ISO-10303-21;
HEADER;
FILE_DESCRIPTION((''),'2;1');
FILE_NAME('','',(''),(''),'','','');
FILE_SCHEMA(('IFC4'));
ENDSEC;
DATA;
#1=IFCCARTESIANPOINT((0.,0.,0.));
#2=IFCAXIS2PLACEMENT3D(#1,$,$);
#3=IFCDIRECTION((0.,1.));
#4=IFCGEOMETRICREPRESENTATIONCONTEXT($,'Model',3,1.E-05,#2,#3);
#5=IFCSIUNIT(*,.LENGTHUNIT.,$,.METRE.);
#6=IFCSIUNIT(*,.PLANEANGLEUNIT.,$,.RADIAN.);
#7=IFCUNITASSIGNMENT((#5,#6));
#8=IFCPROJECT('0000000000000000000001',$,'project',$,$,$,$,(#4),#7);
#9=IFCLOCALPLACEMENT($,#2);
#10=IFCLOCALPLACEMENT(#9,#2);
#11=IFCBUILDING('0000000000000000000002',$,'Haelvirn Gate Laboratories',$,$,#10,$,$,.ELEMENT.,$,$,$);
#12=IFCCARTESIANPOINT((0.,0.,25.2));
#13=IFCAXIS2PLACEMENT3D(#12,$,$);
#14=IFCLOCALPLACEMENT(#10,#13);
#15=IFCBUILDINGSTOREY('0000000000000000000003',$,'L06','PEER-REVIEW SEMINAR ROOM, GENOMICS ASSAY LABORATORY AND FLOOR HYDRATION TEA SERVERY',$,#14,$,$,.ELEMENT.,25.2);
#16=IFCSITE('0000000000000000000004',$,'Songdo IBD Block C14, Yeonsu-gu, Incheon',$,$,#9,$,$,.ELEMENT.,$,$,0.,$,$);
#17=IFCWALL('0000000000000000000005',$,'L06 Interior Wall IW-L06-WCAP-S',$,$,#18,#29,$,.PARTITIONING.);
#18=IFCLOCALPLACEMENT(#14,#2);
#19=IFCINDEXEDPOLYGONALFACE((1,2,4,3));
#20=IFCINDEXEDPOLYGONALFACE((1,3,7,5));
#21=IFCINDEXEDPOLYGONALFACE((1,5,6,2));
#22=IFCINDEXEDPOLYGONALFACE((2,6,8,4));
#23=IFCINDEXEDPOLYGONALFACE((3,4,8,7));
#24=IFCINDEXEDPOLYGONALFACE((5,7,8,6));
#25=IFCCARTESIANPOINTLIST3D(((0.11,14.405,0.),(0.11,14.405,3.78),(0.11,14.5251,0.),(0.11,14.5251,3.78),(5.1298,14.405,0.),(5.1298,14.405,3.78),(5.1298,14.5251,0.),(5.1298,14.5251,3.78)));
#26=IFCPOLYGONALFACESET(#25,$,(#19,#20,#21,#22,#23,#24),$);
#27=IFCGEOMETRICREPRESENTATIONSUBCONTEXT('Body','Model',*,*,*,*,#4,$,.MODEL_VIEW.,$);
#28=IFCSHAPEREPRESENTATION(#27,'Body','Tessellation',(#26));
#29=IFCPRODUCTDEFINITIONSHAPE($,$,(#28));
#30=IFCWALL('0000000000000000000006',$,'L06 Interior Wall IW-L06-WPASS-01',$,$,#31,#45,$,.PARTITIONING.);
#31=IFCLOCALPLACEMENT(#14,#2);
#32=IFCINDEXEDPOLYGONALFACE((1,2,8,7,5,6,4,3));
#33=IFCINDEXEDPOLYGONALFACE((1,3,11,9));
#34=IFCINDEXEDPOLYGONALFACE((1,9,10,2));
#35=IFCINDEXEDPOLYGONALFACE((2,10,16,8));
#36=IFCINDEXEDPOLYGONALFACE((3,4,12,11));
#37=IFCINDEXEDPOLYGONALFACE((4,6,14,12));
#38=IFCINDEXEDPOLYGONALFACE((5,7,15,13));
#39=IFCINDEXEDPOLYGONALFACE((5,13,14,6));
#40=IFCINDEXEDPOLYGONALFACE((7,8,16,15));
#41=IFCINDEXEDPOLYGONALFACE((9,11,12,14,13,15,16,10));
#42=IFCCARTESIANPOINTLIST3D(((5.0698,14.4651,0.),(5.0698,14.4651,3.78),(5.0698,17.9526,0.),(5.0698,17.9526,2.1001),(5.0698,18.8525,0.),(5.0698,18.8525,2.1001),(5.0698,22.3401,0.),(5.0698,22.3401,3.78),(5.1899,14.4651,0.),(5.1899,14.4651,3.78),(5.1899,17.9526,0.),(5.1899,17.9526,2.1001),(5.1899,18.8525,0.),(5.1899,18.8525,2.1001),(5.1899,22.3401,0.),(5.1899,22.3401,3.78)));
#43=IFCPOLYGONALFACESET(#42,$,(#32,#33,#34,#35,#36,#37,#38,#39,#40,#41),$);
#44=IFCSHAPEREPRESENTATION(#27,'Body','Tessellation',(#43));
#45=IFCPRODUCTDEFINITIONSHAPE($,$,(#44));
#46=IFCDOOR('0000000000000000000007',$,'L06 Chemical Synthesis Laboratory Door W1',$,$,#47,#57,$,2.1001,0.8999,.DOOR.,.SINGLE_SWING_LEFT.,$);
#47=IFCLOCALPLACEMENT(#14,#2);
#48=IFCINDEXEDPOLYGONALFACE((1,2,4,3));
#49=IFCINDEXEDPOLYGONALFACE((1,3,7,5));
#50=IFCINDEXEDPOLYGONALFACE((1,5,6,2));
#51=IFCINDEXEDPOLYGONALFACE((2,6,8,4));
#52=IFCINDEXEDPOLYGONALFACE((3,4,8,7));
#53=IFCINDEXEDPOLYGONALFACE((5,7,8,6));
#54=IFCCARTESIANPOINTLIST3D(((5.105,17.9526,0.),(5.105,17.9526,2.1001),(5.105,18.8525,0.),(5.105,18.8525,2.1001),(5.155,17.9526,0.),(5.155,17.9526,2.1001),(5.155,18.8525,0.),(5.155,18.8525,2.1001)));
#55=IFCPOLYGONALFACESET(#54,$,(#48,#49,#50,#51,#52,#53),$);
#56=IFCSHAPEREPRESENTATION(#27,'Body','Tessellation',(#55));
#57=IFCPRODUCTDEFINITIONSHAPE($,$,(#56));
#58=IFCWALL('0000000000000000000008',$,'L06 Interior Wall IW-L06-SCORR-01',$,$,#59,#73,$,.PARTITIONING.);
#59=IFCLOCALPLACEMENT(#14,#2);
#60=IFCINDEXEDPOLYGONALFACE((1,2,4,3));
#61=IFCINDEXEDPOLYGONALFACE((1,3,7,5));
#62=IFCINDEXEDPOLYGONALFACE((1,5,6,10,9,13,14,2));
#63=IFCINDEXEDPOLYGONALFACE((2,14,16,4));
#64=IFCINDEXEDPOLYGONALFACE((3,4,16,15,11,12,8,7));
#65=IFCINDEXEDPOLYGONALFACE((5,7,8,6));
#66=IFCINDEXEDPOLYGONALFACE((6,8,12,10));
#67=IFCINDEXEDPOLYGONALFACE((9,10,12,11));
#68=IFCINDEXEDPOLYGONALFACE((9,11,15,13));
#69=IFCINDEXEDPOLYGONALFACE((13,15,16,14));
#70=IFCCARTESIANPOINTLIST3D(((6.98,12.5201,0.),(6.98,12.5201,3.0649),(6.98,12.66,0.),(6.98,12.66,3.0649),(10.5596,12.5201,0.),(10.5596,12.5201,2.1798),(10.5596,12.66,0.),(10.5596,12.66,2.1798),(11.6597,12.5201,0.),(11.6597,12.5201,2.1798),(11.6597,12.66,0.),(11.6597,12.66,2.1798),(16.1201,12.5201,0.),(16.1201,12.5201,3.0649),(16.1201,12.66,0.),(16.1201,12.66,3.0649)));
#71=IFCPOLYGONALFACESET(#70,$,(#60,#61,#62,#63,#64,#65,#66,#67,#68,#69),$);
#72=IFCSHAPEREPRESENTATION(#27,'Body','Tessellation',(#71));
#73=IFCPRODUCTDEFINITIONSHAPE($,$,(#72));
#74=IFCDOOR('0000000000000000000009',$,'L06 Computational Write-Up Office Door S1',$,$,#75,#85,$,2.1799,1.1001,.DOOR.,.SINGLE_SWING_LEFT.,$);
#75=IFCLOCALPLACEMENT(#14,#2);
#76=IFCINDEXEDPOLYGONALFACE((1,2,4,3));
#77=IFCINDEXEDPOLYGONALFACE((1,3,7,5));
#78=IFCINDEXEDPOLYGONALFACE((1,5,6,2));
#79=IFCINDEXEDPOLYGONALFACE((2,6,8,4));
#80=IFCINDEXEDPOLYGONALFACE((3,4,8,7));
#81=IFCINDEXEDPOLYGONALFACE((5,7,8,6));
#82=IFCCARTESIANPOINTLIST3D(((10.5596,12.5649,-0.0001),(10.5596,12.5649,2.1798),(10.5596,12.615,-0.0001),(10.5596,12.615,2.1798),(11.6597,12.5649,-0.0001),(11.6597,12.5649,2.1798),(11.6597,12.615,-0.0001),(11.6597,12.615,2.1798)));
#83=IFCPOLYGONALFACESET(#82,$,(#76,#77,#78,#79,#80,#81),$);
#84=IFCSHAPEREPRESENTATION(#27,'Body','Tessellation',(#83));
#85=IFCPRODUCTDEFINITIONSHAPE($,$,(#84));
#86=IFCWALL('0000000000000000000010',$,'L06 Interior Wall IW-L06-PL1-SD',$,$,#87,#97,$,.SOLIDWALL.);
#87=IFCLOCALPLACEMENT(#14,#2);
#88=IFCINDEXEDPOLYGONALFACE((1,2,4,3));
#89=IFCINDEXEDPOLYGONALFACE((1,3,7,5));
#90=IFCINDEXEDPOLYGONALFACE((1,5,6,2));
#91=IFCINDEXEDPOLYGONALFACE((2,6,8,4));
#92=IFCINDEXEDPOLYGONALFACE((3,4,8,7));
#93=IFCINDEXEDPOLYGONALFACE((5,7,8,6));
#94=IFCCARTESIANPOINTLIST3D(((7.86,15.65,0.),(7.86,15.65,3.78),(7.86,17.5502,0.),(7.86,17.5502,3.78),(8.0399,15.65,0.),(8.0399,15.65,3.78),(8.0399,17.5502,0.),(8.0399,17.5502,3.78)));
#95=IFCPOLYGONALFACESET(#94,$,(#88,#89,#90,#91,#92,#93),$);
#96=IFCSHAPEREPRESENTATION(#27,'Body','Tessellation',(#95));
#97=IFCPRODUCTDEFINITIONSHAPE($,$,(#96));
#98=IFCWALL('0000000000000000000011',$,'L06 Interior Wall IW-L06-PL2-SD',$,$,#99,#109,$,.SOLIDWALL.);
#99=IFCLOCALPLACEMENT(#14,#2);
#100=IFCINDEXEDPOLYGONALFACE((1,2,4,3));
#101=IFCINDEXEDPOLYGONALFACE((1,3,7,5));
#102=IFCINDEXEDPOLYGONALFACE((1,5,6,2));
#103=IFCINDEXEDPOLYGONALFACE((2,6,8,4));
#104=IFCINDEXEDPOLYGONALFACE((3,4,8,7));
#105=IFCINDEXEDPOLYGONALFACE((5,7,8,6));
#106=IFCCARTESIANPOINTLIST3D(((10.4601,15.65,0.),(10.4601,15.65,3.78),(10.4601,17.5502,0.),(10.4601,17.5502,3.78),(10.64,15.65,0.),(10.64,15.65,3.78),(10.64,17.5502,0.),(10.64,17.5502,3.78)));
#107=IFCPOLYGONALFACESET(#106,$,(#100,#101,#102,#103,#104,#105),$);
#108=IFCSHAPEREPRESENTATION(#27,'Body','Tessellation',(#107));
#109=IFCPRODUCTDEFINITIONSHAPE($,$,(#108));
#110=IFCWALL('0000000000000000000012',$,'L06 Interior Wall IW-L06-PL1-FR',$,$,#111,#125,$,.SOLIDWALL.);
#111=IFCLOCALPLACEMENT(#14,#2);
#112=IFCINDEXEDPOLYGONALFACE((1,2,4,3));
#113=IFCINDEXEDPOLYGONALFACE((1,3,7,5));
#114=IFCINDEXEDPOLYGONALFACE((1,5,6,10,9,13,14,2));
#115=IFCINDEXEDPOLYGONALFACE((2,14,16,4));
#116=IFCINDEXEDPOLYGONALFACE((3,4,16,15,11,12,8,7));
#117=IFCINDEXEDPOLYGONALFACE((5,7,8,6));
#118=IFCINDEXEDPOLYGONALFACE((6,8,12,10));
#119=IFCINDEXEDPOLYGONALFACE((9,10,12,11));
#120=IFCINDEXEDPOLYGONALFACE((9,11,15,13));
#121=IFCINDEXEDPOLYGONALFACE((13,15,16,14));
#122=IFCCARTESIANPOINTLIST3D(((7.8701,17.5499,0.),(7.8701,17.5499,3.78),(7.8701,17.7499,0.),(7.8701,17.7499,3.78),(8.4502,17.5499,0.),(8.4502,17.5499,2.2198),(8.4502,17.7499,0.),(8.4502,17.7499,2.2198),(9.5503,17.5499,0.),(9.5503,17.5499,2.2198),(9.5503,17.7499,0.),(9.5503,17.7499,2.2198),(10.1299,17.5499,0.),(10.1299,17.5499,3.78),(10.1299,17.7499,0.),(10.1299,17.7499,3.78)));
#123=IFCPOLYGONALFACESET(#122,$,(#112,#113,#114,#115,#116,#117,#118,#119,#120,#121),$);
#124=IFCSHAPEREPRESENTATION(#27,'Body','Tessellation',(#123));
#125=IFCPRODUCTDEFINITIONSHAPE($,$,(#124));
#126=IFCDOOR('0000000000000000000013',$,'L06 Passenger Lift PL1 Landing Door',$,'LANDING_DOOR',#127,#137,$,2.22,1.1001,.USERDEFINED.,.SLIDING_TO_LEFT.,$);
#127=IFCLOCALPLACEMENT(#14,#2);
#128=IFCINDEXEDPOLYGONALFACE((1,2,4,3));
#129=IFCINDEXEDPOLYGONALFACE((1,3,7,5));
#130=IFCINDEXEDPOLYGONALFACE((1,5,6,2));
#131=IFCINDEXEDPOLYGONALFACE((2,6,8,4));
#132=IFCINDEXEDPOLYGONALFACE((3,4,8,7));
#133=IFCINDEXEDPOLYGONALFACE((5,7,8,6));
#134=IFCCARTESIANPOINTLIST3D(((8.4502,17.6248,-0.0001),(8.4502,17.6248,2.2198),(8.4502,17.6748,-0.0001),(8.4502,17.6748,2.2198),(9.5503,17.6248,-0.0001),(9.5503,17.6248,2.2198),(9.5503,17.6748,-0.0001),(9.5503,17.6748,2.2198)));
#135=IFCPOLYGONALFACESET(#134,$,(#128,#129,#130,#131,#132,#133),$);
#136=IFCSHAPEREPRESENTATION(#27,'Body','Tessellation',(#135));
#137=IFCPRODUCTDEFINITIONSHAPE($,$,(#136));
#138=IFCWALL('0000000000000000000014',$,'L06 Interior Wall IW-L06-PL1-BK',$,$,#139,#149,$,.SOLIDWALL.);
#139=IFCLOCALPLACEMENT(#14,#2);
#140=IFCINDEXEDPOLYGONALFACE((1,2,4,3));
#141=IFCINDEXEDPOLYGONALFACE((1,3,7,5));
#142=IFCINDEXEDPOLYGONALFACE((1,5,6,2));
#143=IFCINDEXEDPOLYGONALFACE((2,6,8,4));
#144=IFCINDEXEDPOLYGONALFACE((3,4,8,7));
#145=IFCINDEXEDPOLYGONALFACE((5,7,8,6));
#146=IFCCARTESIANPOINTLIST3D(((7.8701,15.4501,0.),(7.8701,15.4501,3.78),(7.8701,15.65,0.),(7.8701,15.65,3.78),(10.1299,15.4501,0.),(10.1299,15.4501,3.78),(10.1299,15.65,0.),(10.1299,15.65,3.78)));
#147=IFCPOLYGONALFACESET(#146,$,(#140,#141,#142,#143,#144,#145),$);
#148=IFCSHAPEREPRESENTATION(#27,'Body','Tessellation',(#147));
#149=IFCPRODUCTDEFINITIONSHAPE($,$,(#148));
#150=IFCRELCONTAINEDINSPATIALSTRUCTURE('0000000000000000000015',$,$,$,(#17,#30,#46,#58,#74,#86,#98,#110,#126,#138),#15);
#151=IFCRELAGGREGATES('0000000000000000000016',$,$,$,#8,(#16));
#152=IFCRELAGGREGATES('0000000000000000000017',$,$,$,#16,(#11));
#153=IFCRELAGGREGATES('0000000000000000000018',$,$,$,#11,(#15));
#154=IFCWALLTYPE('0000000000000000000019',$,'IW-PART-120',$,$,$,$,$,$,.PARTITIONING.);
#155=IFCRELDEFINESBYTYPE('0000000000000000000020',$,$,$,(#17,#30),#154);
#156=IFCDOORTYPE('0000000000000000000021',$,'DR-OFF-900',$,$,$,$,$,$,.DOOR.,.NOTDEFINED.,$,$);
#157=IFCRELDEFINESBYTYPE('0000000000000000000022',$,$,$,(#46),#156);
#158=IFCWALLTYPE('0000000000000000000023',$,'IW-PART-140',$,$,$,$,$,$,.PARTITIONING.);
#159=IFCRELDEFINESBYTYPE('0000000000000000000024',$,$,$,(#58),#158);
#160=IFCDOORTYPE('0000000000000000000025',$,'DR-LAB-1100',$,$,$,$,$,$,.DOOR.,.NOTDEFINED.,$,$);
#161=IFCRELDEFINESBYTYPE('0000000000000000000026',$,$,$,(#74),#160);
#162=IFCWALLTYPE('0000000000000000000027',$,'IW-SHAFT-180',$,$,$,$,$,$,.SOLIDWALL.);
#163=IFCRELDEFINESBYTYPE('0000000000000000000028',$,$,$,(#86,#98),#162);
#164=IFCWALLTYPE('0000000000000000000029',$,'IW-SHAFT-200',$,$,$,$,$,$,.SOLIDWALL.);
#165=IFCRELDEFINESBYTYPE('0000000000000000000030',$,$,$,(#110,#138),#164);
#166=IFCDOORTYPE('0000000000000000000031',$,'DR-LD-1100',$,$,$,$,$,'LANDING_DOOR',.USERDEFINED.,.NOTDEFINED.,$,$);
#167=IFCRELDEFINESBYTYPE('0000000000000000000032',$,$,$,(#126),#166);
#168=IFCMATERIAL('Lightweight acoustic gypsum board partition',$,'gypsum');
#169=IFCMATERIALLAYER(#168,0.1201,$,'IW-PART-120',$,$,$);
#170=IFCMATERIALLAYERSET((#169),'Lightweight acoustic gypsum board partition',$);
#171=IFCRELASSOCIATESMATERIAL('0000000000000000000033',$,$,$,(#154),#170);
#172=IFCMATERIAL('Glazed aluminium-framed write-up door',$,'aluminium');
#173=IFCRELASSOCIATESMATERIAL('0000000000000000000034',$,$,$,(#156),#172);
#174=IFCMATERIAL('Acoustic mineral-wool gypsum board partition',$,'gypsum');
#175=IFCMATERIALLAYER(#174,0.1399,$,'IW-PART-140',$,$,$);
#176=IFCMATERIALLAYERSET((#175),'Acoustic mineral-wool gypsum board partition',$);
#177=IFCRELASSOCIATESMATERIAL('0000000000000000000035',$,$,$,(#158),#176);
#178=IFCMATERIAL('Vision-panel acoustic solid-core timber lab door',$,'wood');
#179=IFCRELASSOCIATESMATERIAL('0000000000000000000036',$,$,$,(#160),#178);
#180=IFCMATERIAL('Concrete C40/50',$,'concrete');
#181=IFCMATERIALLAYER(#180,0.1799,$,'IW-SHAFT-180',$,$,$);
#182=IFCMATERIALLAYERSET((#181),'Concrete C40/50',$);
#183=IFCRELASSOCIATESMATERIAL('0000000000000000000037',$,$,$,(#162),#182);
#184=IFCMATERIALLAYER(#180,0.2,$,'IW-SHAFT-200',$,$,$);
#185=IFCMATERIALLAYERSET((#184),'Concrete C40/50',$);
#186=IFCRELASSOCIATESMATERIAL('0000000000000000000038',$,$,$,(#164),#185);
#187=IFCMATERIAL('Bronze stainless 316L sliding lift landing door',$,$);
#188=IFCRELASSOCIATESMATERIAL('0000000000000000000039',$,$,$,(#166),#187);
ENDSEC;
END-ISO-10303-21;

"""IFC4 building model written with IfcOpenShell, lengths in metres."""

from ifc_helpers import new_model, si_unit, direction, frame, frame_2d, origin, place, context, subcontext, project, spatial, rectangle, extrude, source, transform, mapped, material, layer, layer_set, type_object, type_shapes, element, fill, save


model = new_model("IFC4")

# Units and contexts
model_context = context("Model", 3, precision=1e-05, world=origin(), true_north=direction((0.0, 1.0)))
body_context = subcontext(model_context, "Body", "Model", "MODEL_VIEW")
ifc_project = project(units=[si_unit("LENGTHUNIT", "METRE"), si_unit("PLANEANGLEUNIT", "RADIAN")], contexts=[model_context])

# Site, building, storey
site_placement = place(None, origin())
site = spatial("IfcSite", under=ifc_project, at=site_placement, Name="Songdo IBD Block C14, Yeonsu-gu, Incheon", CompositionType="ELEMENT", RefElevation=0.0)
building_placement = place(site_placement, origin())
building = spatial("IfcBuilding", under=site, at=building_placement, Name="Haelvirn Gate Laboratories", CompositionType="ELEMENT")
storey_placement = place(building_placement, frame((0.0, 0.0, 25.2)))
storey = spatial("IfcBuildingStorey", under=building, at=storey_placement, Name="L06", Description="PEER-REVIEW SEMINAR ROOM, GENOMICS ASSAY LABORATORY AND FLOOR HYDRATION TEA SERVERY", CompositionType="ELEMENT", Elevation=25.2)

# Wall
ifc_material_1 = material(Name="Lightweight acoustic gypsum board partition", Category="gypsum")
ifc_layer_1 = layer(ifc_material_1, 0.1201, Name="IW-PART-120")
ifc_layer_set_1 = layer_set([ifc_layer_1], Name="Lightweight acoustic gypsum board partition")
wall_type_1 = type_object("IfcWallType", Name="IW-PART-120", PredefinedType="PARTITIONING", material=ifc_layer_set_1)
wall_1_placement = place(storey_placement, frame((0.1101, 14.4651, 0.0), z_axis=(0.0, 0.0, 1.0), x_axis=(1.0, 0.0, 0.0)))
element("IfcWall", 1, at=wall_1_placement, inside=storey, type_object=wall_type_1, Name="L06 Interior Wall IW-L06-WCAP-S", PredefinedType="PARTITIONING", context=body_context, shape_type="SweptSolid", body=[
    extrude(rectangle(XDim=5.0198, YDim=0.1201, at=frame_2d((2.5098, 0.0))), origin(), (0.0, 0.0, 1.0), 3.78),
])

# Walls, openings, doors
wall_2_placement = place(storey_placement, frame((5.1299, 14.4651, 0.0), z_axis=(0.0, 0.0, 1.0), x_axis=(0.0, 1.0, 0.0)))
wall_2 = element("IfcWall", 2, at=wall_2_placement, inside=storey, type_object=wall_type_1, Name="L06 Interior Wall IW-L06-WPASS-01", PredefinedType="PARTITIONING", context=body_context, shape_type="SweptSolid", body=[
    extrude(rectangle(XDim=7.875, YDim=0.1201, at=frame_2d((3.9375, 0.0))), origin(), (0.0, 0.0, 1.0), 3.78),
])
opening_1_placement = place(wall_2_placement, frame((3.4875, 0.0, 0.0)))
opening_1 = element("IfcOpeningElement", 3, at=opening_1_placement, cuts=wall_2, PredefinedType="OPENING", context=body_context, shape_type="SweptSolid", body=[
    extrude(rectangle(XDim=0.8999, YDim=2.1001, at=frame_2d((0.45, 1.05))), frame((0.0, 0.0701, 0.0), z_axis=(0.0, -1.0, 0.0), x_axis=(1.0, 0.0, 0.0)), (0.0, 0.0, 1.0), 0.1401),
])
ifc_material_2 = material(Name="Glazed aluminium-framed write-up door", Category="aluminium")
door_type_1 = type_object("IfcDoorType", Name="DR-OFF-900", OperationType="NOTDEFINED", PredefinedType="DOOR", material=ifc_material_2)
shared_shape_1 = source(origin(), body_context, "Body", "SweptSolid", [
    extrude(rectangle(XDim=0.8999, YDim=2.1001, at=frame_2d((0.45, 1.05))), frame((0.0, 0.0249, 0.0), z_axis=(0.0, -1.0, 0.0), x_axis=(1.0, 0.0, 0.0)), (0.0, 0.0, 1.0), 0.05),
])
type_shapes(door_type_1, [shared_shape_1])
door_1_placement = place(opening_1_placement, origin())
door_1 = element("IfcDoor", 4, at=door_1_placement, inside=storey, type_object=door_type_1, Name="L06 Chemical Synthesis Laboratory Door W1", OperationType="SINGLE_SWING_LEFT", OverallHeight=2.1001, OverallWidth=0.8999, PredefinedType="DOOR", context=body_context, shape_type="MappedRepresentation", body=[
    mapped(shared_shape_1, transform((0.0, 0.0, 0.0), scale=1.0)),
])
fill(opening_1, door_1)
ifc_material_3 = material(Name="Acoustic mineral-wool gypsum board partition", Category="gypsum")
ifc_layer_2 = layer(ifc_material_3, 0.1399, Name="IW-PART-140")
ifc_layer_set_2 = layer_set([ifc_layer_2], Name="Acoustic mineral-wool gypsum board partition")
wall_type_2 = type_object("IfcWallType", Name="IW-PART-140", PredefinedType="PARTITIONING", material=ifc_layer_set_2)
wall_3_placement = place(storey_placement, frame((6.98, 12.5901, 0.0), z_axis=(0.0, 0.0, 1.0), x_axis=(1.0, 0.0, 0.0)))
wall_3 = element("IfcWall", 5, at=wall_3_placement, inside=storey, type_object=wall_type_2, Name="L06 Interior Wall IW-L06-SCORR-01", PredefinedType="PARTITIONING", context=body_context, shape_type="SweptSolid", body=[
    extrude(rectangle(XDim=9.1401, YDim=0.1399, at=frame_2d((4.5701, 0.0))), origin(), (0.0, 0.0, 1.0), 3.0649),
])
opening_2_placement = place(wall_3_placement, frame((3.5796, 0.0, 0.0)))
opening_2 = element("IfcOpeningElement", 6, at=opening_2_placement, cuts=wall_3, PredefinedType="OPENING", context=body_context, shape_type="SweptSolid", body=[
    extrude(rectangle(XDim=1.1001, YDim=2.1799, at=frame_2d((0.55, 1.0898))), frame((0.0, 0.0801, 0.0), z_axis=(0.0, -1.0, 0.0), x_axis=(1.0, 0.0, 0.0)), (0.0, 0.0, 1.0), 0.1599),
])
ifc_material_4 = material(Name="Vision-panel acoustic solid-core timber lab door", Category="wood")
door_type_2 = type_object("IfcDoorType", Name="DR-LAB-1100", OperationType="NOTDEFINED", PredefinedType="DOOR", material=ifc_material_4)
shared_shape_2 = source(origin(), body_context, "Body", "SweptSolid", [
    extrude(rectangle(XDim=1.1001, YDim=2.1799, at=frame_2d((0.55, 1.0898))), frame((0.0, 0.0249, 0.0), z_axis=(0.0, -1.0, 0.0), x_axis=(1.0, 0.0, 0.0)), (0.0, 0.0, 1.0), 0.05),
])
type_shapes(door_type_2, [shared_shape_2])
door_2_placement = place(opening_2_placement, origin())
door_2 = element("IfcDoor", 7, at=door_2_placement, inside=storey, type_object=door_type_2, Name="L06 Computational Write-Up Office Door S1", OperationType="SINGLE_SWING_LEFT", OverallHeight=2.1799, OverallWidth=1.1001, PredefinedType="DOOR", context=body_context, shape_type="MappedRepresentation", body=[
    mapped(shared_shape_2, transform((0.0, 0.0, 0.0), scale=1.0)),
])
fill(opening_2, door_2)

# Walls
ifc_material_5 = material(Name="Concrete C40/50", Category="concrete")
ifc_layer_3 = layer(ifc_material_5, 0.1799, Name="IW-SHAFT-180")
ifc_layer_set_3 = layer_set([ifc_layer_3], Name="Concrete C40/50")
wall_type_3 = type_object("IfcWallType", Name="IW-SHAFT-180", PredefinedType="SOLIDWALL", material=ifc_layer_set_3)
for number, where, z_axis, x_axis, name in (
    (8, (7.95, 15.6499, 0.0), (0.0, 0.0, 1.0), (0.0, 1.0, 0.0), "L06 Interior Wall IW-L06-PL1-SD"),
    (9, (10.55, 15.6499, 0.0), (0.0, 0.0, 1.0), (0.0, 1.0, 0.0), "L06 Interior Wall IW-L06-PL2-SD"),
):
    element("IfcWall", number, at=place(storey_placement, frame(where, z_axis=z_axis, x_axis=x_axis)), inside=storey, type_object=wall_type_3, Name=name, PredefinedType="SOLIDWALL", context=body_context, shape_type="SweptSolid", body=[
        extrude(rectangle(XDim=1.9001, YDim=0.1799, at=frame_2d((0.9502, 0.0))), origin(), (0.0, 0.0, 1.0), 3.78),
    ])

# Wall, opening, door
ifc_layer_4 = layer(ifc_material_5, 0.2, Name="IW-SHAFT-200")
ifc_layer_set_4 = layer_set([ifc_layer_4], Name="Concrete C40/50")
wall_type_4 = type_object("IfcWallType", Name="IW-SHAFT-200", PredefinedType="SOLIDWALL", material=ifc_layer_set_4)
wall_4_placement = place(storey_placement, frame((7.8701, 17.6499, 0.0), z_axis=(0.0, 0.0, 1.0), x_axis=(1.0, 0.0, 0.0)))
wall_4 = element("IfcWall", 10, at=wall_4_placement, inside=storey, type_object=wall_type_4, Name="L06 Interior Wall IW-L06-PL1-FR", PredefinedType="SOLIDWALL", context=body_context, shape_type="SweptSolid", body=[
    extrude(rectangle(XDim=2.2598, YDim=0.2, at=frame_2d((1.1299, 0.0))), origin(), (0.0, 0.0, 1.0), 3.78),
])
opening_3_placement = place(wall_4_placement, frame((0.5801, 0.0, 0.0)))
opening_3 = element("IfcOpeningElement", 11, at=opening_3_placement, cuts=wall_4, PredefinedType="OPENING", context=body_context, shape_type="SweptSolid", body=[
    extrude(rectangle(XDim=1.1001, YDim=2.22, at=frame_2d((0.55, 1.1099))), frame((0.0, 0.1099, 0.0), z_axis=(0.0, -1.0, 0.0), x_axis=(1.0, 0.0, 0.0)), (0.0, 0.0, 1.0), 0.22),
])
ifc_material_6 = material(Name="Bronze stainless 316L sliding lift landing door")
door_type_3 = type_object("IfcDoorType", Name="DR-LD-1100", ElementType="LANDING_DOOR", OperationType="NOTDEFINED", PredefinedType="USERDEFINED", material=ifc_material_6)
shared_shape_3 = source(origin(), body_context, "Body", "SweptSolid", [
    extrude(rectangle(XDim=1.1001, YDim=2.22, at=frame_2d((0.55, 1.1099))), frame((0.0, 0.0249, 0.0), z_axis=(0.0, -1.0, 0.0), x_axis=(1.0, 0.0, 0.0)), (0.0, 0.0, 1.0), 0.05),
])
type_shapes(door_type_3, [shared_shape_3])
door_3_placement = place(opening_3_placement, origin())
door_3 = element("IfcDoor", 12, at=door_3_placement, inside=storey, type_object=door_type_3, Name="L06 Passenger Lift PL1 Landing Door", ObjectType="LANDING_DOOR", OperationType="SLIDING_TO_LEFT", OverallHeight=2.22, OverallWidth=1.1001, PredefinedType="USERDEFINED", context=body_context, shape_type="MappedRepresentation", body=[
    mapped(shared_shape_3, transform((0.0, 0.0, 0.0), scale=1.0)),
])
fill(opening_3, door_3)

# Wall
wall_5_placement = place(storey_placement, frame((7.8701, 15.55, 0.0), z_axis=(0.0, 0.0, 1.0), x_axis=(1.0, 0.0, 0.0)))
element("IfcWall", 13, at=wall_5_placement, inside=storey, type_object=wall_type_4, Name="L06 Interior Wall IW-L06-PL1-BK", PredefinedType="SOLIDWALL", context=body_context, shape_type="SweptSolid", body=[
    extrude(rectangle(XDim=2.2598, YDim=0.2, at=frame_2d((1.1299, 0.0))), origin(), (0.0, 0.0, 1.0), 3.78),
])

save(model, "model.ifc")
